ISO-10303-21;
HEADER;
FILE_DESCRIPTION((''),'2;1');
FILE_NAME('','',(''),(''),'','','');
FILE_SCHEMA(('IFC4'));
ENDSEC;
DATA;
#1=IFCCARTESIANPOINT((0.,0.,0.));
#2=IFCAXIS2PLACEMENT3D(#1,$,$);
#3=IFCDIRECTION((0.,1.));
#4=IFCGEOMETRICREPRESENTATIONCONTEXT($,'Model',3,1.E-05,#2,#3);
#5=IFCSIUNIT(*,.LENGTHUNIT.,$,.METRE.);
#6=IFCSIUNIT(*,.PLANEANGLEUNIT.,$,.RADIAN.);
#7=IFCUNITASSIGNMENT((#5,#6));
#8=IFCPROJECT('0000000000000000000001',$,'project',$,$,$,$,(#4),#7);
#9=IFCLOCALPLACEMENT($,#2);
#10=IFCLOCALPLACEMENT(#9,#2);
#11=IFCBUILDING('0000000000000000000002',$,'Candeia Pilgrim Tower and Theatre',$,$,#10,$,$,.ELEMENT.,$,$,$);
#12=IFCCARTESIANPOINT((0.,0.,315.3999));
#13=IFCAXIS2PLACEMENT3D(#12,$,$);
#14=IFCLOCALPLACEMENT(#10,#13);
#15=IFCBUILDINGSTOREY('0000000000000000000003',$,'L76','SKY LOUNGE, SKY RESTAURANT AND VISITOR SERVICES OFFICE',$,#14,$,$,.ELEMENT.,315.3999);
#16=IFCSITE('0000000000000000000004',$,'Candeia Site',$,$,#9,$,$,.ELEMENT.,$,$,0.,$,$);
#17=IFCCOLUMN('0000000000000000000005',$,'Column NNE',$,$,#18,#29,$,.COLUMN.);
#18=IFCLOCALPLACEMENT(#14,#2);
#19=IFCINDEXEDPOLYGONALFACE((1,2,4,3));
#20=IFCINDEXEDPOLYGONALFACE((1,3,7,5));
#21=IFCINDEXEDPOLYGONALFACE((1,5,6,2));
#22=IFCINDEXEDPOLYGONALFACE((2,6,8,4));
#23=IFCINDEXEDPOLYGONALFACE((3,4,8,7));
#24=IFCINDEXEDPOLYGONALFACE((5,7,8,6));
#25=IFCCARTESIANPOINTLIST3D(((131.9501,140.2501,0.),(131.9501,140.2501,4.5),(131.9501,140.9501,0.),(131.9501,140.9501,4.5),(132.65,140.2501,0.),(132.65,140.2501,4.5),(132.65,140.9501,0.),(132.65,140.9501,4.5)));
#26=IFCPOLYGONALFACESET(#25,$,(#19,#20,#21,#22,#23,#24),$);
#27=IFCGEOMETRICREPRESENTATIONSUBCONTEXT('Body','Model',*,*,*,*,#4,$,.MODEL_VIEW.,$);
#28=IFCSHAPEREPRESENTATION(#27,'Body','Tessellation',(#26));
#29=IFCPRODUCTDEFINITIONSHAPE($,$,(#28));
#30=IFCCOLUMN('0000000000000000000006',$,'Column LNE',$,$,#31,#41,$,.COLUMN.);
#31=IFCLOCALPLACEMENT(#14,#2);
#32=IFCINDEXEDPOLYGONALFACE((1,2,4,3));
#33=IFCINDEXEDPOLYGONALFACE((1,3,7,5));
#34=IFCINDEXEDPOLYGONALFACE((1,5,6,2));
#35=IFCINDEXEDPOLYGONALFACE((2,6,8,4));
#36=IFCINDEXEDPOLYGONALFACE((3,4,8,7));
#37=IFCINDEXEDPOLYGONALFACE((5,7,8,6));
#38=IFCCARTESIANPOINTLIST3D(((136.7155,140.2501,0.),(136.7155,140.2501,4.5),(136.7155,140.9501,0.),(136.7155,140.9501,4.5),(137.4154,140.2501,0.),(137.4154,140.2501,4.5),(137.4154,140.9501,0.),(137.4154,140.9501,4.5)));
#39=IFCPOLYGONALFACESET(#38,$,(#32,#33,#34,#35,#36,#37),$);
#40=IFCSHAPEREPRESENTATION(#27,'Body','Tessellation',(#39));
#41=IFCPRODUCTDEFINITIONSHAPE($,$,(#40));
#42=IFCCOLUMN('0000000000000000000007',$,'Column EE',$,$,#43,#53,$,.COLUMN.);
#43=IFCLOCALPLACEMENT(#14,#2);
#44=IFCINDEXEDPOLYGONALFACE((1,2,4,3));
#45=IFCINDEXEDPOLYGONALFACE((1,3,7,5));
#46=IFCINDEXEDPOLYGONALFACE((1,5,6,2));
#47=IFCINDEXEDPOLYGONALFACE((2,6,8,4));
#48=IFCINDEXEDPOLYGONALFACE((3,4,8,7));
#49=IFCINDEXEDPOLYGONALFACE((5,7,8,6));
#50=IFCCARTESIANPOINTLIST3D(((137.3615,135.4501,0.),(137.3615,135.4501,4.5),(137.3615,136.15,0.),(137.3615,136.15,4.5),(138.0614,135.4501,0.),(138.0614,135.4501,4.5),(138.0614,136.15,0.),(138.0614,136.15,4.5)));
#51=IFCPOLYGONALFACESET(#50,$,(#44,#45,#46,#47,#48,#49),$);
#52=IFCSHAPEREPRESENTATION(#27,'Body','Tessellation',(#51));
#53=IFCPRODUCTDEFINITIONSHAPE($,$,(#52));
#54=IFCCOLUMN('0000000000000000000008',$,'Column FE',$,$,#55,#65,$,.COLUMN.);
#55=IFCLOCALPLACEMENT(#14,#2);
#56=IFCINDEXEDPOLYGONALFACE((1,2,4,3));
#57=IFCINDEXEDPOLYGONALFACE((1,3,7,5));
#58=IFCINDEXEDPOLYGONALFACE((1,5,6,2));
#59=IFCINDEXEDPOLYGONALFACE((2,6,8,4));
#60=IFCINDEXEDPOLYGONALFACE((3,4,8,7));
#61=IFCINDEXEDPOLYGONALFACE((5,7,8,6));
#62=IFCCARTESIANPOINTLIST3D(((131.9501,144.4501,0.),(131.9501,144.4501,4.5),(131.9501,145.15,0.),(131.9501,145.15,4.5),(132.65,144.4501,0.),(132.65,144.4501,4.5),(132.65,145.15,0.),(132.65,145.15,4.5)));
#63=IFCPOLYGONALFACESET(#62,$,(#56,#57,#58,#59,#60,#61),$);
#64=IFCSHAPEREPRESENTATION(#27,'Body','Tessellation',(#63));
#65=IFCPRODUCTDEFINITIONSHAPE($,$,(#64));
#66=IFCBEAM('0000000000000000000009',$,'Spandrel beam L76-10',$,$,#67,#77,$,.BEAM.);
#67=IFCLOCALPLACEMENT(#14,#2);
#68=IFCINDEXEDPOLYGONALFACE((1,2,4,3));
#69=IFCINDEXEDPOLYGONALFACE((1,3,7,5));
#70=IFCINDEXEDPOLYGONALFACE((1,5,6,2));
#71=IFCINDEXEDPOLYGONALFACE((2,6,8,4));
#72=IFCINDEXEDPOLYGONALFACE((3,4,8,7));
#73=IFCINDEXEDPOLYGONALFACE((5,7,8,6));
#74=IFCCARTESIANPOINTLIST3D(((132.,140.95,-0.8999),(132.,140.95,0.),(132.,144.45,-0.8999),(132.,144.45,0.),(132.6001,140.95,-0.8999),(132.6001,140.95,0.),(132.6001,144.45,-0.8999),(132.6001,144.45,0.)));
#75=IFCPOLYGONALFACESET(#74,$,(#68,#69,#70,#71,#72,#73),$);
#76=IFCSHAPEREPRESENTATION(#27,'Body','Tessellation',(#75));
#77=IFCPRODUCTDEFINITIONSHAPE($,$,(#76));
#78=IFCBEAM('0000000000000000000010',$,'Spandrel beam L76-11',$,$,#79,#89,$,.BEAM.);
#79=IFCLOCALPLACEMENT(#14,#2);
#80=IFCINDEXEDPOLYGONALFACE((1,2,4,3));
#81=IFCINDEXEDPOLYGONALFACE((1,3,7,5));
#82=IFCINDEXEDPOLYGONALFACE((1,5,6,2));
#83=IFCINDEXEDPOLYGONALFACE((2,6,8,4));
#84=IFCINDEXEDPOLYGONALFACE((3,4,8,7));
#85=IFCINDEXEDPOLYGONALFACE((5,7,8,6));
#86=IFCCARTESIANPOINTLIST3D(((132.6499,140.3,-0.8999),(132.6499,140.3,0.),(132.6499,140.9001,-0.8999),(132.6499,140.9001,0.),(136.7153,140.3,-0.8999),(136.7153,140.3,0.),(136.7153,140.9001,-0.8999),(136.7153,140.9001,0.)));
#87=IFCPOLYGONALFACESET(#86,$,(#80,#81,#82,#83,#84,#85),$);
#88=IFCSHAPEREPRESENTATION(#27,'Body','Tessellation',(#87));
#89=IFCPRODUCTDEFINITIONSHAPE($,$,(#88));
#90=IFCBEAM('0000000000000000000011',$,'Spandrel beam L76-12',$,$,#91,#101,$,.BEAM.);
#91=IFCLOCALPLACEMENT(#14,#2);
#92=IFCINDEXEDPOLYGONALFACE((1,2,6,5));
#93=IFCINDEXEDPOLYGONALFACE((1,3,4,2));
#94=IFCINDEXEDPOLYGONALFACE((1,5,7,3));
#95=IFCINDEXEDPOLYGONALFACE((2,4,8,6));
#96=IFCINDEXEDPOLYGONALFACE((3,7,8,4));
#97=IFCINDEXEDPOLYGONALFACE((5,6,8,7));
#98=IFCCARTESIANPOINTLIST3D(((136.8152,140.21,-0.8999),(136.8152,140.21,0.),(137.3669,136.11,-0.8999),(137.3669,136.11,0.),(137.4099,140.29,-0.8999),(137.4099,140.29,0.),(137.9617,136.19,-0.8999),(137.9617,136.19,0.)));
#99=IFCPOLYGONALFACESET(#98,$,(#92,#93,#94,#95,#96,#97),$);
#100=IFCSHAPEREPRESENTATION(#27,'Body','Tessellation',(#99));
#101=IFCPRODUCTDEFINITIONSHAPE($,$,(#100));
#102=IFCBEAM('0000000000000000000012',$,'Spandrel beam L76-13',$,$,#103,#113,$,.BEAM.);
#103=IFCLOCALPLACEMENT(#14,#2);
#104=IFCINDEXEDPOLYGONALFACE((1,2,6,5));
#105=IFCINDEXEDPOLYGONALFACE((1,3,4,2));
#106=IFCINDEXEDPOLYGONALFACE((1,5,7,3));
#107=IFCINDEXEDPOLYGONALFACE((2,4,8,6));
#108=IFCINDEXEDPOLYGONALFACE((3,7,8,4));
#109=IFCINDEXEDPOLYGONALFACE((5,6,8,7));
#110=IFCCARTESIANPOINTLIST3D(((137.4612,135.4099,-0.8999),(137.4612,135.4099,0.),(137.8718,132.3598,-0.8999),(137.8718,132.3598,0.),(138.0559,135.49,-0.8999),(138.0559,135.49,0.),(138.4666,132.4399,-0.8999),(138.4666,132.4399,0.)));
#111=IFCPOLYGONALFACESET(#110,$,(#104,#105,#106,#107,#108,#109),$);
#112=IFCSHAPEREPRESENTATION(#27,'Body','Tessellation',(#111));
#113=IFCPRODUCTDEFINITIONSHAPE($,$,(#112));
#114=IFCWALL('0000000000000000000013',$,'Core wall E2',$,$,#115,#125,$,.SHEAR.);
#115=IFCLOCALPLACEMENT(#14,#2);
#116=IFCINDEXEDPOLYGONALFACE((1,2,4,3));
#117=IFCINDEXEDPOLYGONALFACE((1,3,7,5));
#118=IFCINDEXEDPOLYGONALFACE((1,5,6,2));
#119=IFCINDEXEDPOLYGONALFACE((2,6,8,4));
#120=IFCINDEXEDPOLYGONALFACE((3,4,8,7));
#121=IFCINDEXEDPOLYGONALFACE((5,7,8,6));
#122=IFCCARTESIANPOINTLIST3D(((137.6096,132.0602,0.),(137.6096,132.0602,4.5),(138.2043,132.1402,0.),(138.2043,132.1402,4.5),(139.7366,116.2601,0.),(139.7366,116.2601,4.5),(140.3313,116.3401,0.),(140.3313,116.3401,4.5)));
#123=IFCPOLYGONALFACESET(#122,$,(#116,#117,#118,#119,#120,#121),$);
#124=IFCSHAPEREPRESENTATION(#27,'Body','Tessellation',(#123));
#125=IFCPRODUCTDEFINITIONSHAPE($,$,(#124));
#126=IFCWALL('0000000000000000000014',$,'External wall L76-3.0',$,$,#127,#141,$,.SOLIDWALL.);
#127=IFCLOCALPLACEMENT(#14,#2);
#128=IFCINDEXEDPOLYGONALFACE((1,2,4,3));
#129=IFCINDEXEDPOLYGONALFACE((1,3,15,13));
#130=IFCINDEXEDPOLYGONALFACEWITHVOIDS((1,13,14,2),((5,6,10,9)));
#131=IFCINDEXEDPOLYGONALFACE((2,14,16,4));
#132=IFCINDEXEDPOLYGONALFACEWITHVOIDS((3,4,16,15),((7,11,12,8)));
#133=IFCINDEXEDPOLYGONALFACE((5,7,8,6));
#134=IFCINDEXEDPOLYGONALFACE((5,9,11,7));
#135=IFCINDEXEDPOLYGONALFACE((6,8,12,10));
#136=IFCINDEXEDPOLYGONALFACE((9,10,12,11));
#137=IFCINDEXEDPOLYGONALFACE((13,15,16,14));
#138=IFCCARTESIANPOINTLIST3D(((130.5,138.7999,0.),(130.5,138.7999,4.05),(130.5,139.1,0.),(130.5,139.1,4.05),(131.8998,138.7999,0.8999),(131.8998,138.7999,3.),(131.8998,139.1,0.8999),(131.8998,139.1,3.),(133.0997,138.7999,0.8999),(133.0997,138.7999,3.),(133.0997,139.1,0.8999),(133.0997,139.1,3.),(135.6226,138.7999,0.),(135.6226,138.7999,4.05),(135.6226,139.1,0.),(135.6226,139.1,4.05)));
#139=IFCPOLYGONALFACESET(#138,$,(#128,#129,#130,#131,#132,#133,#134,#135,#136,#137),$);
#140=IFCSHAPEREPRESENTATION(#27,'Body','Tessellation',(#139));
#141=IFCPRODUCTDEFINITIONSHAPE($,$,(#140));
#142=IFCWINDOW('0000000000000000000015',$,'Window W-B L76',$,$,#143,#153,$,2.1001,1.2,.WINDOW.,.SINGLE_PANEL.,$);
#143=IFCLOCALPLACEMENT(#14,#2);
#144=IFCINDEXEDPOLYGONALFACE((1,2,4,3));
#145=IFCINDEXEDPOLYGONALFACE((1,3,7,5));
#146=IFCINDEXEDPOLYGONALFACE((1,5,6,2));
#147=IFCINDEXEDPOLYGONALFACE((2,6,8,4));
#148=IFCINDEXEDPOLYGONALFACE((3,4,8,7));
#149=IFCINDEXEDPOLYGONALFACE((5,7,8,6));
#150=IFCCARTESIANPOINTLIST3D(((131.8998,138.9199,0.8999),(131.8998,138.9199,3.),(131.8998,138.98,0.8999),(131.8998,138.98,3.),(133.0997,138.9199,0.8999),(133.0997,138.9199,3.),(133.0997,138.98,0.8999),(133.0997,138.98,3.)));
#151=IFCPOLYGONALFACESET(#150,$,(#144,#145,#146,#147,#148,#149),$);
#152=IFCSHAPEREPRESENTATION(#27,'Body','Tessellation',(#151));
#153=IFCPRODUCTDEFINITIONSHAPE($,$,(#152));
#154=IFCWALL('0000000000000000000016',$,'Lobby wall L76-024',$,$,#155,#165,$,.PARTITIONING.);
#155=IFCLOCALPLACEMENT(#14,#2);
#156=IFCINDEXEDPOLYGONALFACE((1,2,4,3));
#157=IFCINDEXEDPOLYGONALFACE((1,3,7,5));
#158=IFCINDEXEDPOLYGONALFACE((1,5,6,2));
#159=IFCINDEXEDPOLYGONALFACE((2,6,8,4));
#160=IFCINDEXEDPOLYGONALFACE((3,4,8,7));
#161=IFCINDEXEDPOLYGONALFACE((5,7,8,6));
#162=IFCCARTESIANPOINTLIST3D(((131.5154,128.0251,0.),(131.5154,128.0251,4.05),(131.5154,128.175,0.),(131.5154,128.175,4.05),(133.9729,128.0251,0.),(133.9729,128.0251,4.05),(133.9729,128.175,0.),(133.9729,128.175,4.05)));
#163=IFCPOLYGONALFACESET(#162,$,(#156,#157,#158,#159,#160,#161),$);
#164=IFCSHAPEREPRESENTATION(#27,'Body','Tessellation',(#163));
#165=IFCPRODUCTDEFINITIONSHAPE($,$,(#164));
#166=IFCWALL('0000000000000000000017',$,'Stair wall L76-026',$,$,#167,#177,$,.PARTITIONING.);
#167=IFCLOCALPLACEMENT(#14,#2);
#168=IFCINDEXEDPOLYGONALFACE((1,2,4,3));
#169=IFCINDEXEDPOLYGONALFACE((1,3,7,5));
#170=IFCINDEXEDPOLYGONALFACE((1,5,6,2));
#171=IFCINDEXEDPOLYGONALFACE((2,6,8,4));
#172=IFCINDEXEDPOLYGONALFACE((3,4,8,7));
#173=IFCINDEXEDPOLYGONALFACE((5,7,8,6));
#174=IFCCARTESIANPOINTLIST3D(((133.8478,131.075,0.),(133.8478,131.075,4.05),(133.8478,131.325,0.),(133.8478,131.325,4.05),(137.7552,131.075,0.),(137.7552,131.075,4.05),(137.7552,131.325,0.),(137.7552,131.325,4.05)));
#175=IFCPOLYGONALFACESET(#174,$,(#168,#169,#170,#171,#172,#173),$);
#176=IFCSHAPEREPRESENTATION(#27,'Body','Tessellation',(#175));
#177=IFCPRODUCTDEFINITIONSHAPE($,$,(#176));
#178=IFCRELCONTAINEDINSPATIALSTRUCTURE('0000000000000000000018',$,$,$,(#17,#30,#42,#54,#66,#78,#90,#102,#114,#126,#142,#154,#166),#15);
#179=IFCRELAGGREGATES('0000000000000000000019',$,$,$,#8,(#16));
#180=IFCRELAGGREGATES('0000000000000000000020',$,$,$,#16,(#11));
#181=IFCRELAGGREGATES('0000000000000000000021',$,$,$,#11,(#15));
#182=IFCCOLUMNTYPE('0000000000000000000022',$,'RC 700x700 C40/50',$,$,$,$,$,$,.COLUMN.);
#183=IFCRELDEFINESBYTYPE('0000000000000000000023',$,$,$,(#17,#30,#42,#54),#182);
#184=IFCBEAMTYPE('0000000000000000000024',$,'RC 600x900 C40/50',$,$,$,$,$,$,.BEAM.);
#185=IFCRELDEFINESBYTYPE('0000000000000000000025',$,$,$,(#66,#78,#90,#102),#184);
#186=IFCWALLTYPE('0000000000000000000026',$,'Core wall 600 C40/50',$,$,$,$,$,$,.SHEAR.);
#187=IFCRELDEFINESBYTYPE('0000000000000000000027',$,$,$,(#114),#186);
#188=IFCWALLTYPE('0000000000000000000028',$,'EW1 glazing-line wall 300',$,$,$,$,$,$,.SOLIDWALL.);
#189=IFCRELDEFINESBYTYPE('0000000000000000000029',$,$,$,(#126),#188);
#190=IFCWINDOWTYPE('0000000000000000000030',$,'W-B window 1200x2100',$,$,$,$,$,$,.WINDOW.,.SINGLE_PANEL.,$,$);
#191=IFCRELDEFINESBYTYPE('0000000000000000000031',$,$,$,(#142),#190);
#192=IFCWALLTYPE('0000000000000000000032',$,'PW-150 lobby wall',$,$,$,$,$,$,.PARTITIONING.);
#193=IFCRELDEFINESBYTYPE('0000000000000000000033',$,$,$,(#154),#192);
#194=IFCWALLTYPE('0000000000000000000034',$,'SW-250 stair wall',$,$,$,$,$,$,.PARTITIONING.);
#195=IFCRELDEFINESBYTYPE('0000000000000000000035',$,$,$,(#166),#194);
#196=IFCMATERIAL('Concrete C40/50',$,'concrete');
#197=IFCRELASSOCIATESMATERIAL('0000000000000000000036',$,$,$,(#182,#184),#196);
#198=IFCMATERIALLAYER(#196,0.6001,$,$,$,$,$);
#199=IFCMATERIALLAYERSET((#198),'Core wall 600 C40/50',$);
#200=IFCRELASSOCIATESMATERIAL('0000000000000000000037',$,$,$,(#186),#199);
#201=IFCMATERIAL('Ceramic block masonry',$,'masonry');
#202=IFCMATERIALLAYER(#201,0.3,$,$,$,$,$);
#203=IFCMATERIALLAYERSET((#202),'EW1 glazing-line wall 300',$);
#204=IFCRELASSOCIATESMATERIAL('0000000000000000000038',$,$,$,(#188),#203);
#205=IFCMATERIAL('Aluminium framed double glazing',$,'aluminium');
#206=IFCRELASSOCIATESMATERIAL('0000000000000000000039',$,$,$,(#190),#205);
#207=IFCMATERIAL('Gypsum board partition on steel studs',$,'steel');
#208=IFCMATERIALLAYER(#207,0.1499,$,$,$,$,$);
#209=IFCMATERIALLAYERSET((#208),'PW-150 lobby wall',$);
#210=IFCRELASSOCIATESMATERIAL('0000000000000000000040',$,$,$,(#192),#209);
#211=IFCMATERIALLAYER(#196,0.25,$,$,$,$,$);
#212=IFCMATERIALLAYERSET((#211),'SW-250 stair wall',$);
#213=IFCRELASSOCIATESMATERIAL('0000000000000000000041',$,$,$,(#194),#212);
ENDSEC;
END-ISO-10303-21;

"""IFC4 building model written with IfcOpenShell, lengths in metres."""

from ifc_helpers import new_model, si_unit, direction, frame, frame_2d, origin, origin_2d, place, context, subcontext, project, spatial, rectangle, extrude, material, layer, layer_set, material_profile, profile_set, type_object, element, fill, save


model = new_model("IFC4")

# Units and contexts
model_context = context("Model", 3, precision=1e-05, world=origin(), true_north=direction((0.0, 1.0)))
body_context = subcontext(model_context, "Body", "Model", "MODEL_VIEW")
ifc_project = project(units=[si_unit("LENGTHUNIT", "METRE"), si_unit("PLANEANGLEUNIT", "RADIAN")], contexts=[model_context])

# Site, building, storey
site_placement = place(None, origin())
site = spatial("IfcSite", under=ifc_project, at=site_placement, Name="Candeia Site", CompositionType="ELEMENT", RefElevation=0.0)
building_placement = place(site_placement, origin())
building = spatial("IfcBuilding", under=site, at=building_placement, Name="Candeia Pilgrim Tower and Theatre", CompositionType="ELEMENT")
storey_placement = place(building_placement, frame((0.0, 0.0, 315.3999)))
storey = spatial("IfcBuildingStorey", under=building, at=storey_placement, Name="L76", Description="SKY LOUNGE, SKY RESTAURANT AND VISITOR SERVICES OFFICE", CompositionType="ELEMENT", Elevation=315.3999)

# Columns
ifc_material_1 = material(Name="Concrete C40/50", Category="concrete")
ifc_material_profile_1 = material_profile(ifc_material_1, rectangle(XDim=0.7, YDim=0.7, at=origin_2d()))
ifc_profile_set_1 = profile_set([ifc_material_profile_1], Name="Concrete C40/50")
column_type = type_object("IfcColumnType", Name="RC 700x700 C40/50", PredefinedType="COLUMN", material=ifc_profile_set_1)
for number, where, z_axis, x_axis, name in (
    (1, (132.3, 140.6001, 0.0), (0.0, 0.0, 1.0), (1.0, 0.0, 0.0), "Column NNE"),
    (2, (137.0654, 140.6001, 0.0), (0.0, 0.0, 1.0), (1.0, 0.0, 0.0), "Column LNE"),
    (3, (137.7114, 135.8, 0.0), (0.0, 0.0, 1.0), (1.0, 0.0, 0.0), "Column EE"),
    (4, (132.3, 144.8, 0.0), (0.0, 0.0, 1.0), (1.0, 0.0, 0.0), "Column FE"),
):
    element("IfcColumn", number, at=place(storey_placement, frame(where, z_axis=z_axis, x_axis=x_axis)), inside=storey, type_object=column_type, Name=name, PredefinedType="COLUMN", context=body_context, shape_type="SweptSolid", body=[
        extrude(rectangle(XDim=0.7, YDim=0.7, at=origin_2d()), origin(), (0.0, 0.0, 1.0), 4.5),
    ])

# Beams
ifc_material_profile_2 = material_profile(ifc_material_1, rectangle(XDim=0.6001, YDim=0.8999, at=origin_2d()))
ifc_profile_set_2 = profile_set([ifc_material_profile_2], Name="Concrete C40/50")
beam_type = type_object("IfcBeamType", Name="RC 600x900 C40/50", PredefinedType="BEAM", material=ifc_profile_set_2)
beam_1_placement = place(storey_placement, frame((132.3, 144.45, -0.45), z_axis=(0.0, -1.0, 0.0), x_axis=(1.0, 0.0, 0.0)))
element("IfcBeam", 5, at=beam_1_placement, inside=storey, type_object=beam_type, Name="Spandrel beam L76-10", PredefinedType="BEAM", context=body_context, shape_type="SweptSolid", body=[
    extrude(rectangle(XDim=0.6001, YDim=0.8999, at=origin_2d()), origin(), (0.0, 0.0, 1.0), 3.5),
])
beam_2_placement = place(storey_placement, frame((132.6499, 140.6001, -0.45), z_axis=(1.0, 0.0, 0.0), x_axis=(0.0, 1.0, 0.0)))
element("IfcBeam", 6, at=beam_2_placement, inside=storey, type_object=beam_type, Name="Spandrel beam L76-11", PredefinedType="BEAM", context=body_context, shape_type="SweptSolid", body=[
    extrude(rectangle(XDim=0.6001, YDim=0.8999, at=origin_2d()), origin(), (0.0, 0.0, 1.0), 4.0654),
])
beam_3_placement = place(storey_placement, frame((137.1125, 140.25, -0.45), z_axis=(0.13337, -0.991066, 0.0), x_axis=(0.991066, 0.13337, 0.0)))
element("IfcBeam", 7, at=beam_3_placement, inside=storey, type_object=beam_type, Name="Spandrel beam L76-12", PredefinedType="BEAM", context=body_context, shape_type="SweptSolid", body=[
    extrude(rectangle(XDim=0.6001, YDim=0.8999, at=origin_2d()), origin(), (0.0, 0.0, 1.0), 4.137),
])
beam_4_placement = place(storey_placement, frame((137.7585, 135.45, -0.45), z_axis=(0.133431, -0.991058, 0.0), x_axis=(0.991058, 0.133431, 0.0)))
element("IfcBeam", 8, at=beam_4_placement, inside=storey, type_object=beam_type, Name="Spandrel beam L76-13", PredefinedType="BEAM", context=body_context, shape_type="SweptSolid", body=[
    extrude(rectangle(XDim=0.6001, YDim=0.8999, at=origin_2d()), origin(), (0.0, 0.0, 1.0), 3.0776),
])

# Wall
ifc_layer_1 = layer(ifc_material_1, 0.6001)
ifc_layer_set_1 = layer_set([ifc_layer_1], Name="Core wall 600 C40/50")
wall_type_1 = type_object("IfcWallType", Name="Core wall 600 C40/50", PredefinedType="SHEAR", material=ifc_layer_set_1)
wall_1_placement = place(storey_placement, frame((137.907, 132.1001, 0.0), z_axis=(0.0, 0.0, 1.0), x_axis=(0.133413, -0.99106, 0.0)))
element("IfcWall", 9, at=wall_1_placement, inside=storey, type_object=wall_type_1, Name="Core wall E2", PredefinedType="SHEAR", context=body_context, shape_type="SweptSolid", body=[
    extrude(rectangle(XDim=15.9426, YDim=0.6001, at=frame_2d((7.9712, 0.0))), origin(), (0.0, 0.0, 1.0), 4.5),
])

# Shared definitions
ifc_material_2 = material(Name="Ceramic block masonry", Category="masonry")
ifc_layer_2 = layer(ifc_material_2, 0.3)
ifc_layer_set_2 = layer_set([ifc_layer_2], Name="EW1 glazing-line wall 300")
wall_type_2 = type_object("IfcWallType", Name="EW1 glazing-line wall 300", PredefinedType="SOLIDWALL", material=ifc_layer_set_2)
ifc_material_3 = material(Name="Aluminium framed double glazing", Category="aluminium")

# Wall, opening, window
wall_2_placement = place(storey_placement, frame((135.6226, 138.95, 0.0), z_axis=(0.0, 0.0, 1.0), x_axis=(-1.0, 0.0, 0.0)))
wall_2 = element("IfcWall", 10, at=wall_2_placement, inside=storey, type_object=wall_type_2, Name="External wall L76-3.0", PredefinedType="SOLIDWALL", context=body_context, shape_type="SweptSolid", body=[
    extrude(rectangle(XDim=5.1226, YDim=0.3, at=frame_2d((2.5613, 0.0))), origin(), (0.0, 0.0, 1.0), 4.05),
])
opening_1_placement = place(wall_2_placement, frame((2.5227, 0.0, 0.8999)))
opening_1 = element("IfcOpeningElement", 11, at=opening_1_placement, cuts=wall_2, PredefinedType="OPENING", context=body_context, shape_type="SweptSolid", body=[
    extrude(rectangle(XDim=1.2, YDim=2.1001, at=frame_2d((0.6001, 1.05))), frame((0.0, 0.1602, 0.0), z_axis=(0.0, -1.0, 0.0), x_axis=(1.0, 0.0, 0.0)), (0.0, 0.0, 1.0), 0.3201),
])
window_type_1 = type_object("IfcWindowType", Name="W-B window 1200x2100", PartitioningType="SINGLE_PANEL", PredefinedType="WINDOW", material=ifc_material_3)
window_1_placement = place(opening_1_placement, origin())
window_1 = element("IfcWindow", 12, at=window_1_placement, inside=storey, type_object=window_type_1, Name="Window W-B L76", OverallHeight=2.1001, OverallWidth=1.2, PartitioningType="SINGLE_PANEL", PredefinedType="WINDOW", context=body_context, shape_type="SweptSolid", body=[
    extrude(rectangle(XDim=1.2, YDim=2.1001, at=frame_2d((0.6001, 1.05))), frame((0.0, 0.03, 0.0), z_axis=(0.0, -1.0, 0.0), x_axis=(1.0, 0.0, 0.0)), (0.0, 0.0, 1.0), 0.0601),
])
fill(opening_1, window_1)

# Walls
ifc_material_4 = material(Name="Gypsum board partition on steel studs", Category="steel")
ifc_layer_3 = layer(ifc_material_4, 0.1499)
ifc_layer_set_3 = layer_set([ifc_layer_3], Name="PW-150 lobby wall")
wall_type_3 = type_object("IfcWallType", Name="PW-150 lobby wall", PredefinedType="PARTITIONING", material=ifc_layer_set_3)
wall_3_placement = place(storey_placement, frame((131.5154, 128.1001, 0.0), z_axis=(0.0, 0.0, 1.0), x_axis=(1.0, 0.0, 0.0)))
element("IfcWall", 13, at=wall_3_placement, inside=storey, type_object=wall_type_3, Name="Lobby wall L76-024", PredefinedType="PARTITIONING", context=body_context, shape_type="SweptSolid", body=[
    extrude(rectangle(XDim=2.4575, YDim=0.1499, at=frame_2d((1.2288, 0.0))), origin(), (0.0, 0.0, 1.0), 4.05),
])
ifc_layer_4 = layer(ifc_material_1, 0.25)
ifc_layer_set_4 = layer_set([ifc_layer_4], Name="SW-250 stair wall")
wall_type_4 = type_object("IfcWallType", Name="SW-250 stair wall", PredefinedType="PARTITIONING", material=ifc_layer_set_4)
wall_4_placement = place(storey_placement, frame((133.8479, 131.2, 0.0), z_axis=(0.0, 0.0, 1.0), x_axis=(1.0, 0.0, 0.0)))
element("IfcWall", 14, at=wall_4_placement, inside=storey, type_object=wall_type_4, Name="Stair wall L76-026", PredefinedType="PARTITIONING", context=body_context, shape_type="SweptSolid", body=[
    extrude(rectangle(XDim=3.9075, YDim=0.25, at=frame_2d((1.9536, 0.0))), origin(), (0.0, 0.0, 1.0), 4.05),
])

save(model, "model.ifc")
